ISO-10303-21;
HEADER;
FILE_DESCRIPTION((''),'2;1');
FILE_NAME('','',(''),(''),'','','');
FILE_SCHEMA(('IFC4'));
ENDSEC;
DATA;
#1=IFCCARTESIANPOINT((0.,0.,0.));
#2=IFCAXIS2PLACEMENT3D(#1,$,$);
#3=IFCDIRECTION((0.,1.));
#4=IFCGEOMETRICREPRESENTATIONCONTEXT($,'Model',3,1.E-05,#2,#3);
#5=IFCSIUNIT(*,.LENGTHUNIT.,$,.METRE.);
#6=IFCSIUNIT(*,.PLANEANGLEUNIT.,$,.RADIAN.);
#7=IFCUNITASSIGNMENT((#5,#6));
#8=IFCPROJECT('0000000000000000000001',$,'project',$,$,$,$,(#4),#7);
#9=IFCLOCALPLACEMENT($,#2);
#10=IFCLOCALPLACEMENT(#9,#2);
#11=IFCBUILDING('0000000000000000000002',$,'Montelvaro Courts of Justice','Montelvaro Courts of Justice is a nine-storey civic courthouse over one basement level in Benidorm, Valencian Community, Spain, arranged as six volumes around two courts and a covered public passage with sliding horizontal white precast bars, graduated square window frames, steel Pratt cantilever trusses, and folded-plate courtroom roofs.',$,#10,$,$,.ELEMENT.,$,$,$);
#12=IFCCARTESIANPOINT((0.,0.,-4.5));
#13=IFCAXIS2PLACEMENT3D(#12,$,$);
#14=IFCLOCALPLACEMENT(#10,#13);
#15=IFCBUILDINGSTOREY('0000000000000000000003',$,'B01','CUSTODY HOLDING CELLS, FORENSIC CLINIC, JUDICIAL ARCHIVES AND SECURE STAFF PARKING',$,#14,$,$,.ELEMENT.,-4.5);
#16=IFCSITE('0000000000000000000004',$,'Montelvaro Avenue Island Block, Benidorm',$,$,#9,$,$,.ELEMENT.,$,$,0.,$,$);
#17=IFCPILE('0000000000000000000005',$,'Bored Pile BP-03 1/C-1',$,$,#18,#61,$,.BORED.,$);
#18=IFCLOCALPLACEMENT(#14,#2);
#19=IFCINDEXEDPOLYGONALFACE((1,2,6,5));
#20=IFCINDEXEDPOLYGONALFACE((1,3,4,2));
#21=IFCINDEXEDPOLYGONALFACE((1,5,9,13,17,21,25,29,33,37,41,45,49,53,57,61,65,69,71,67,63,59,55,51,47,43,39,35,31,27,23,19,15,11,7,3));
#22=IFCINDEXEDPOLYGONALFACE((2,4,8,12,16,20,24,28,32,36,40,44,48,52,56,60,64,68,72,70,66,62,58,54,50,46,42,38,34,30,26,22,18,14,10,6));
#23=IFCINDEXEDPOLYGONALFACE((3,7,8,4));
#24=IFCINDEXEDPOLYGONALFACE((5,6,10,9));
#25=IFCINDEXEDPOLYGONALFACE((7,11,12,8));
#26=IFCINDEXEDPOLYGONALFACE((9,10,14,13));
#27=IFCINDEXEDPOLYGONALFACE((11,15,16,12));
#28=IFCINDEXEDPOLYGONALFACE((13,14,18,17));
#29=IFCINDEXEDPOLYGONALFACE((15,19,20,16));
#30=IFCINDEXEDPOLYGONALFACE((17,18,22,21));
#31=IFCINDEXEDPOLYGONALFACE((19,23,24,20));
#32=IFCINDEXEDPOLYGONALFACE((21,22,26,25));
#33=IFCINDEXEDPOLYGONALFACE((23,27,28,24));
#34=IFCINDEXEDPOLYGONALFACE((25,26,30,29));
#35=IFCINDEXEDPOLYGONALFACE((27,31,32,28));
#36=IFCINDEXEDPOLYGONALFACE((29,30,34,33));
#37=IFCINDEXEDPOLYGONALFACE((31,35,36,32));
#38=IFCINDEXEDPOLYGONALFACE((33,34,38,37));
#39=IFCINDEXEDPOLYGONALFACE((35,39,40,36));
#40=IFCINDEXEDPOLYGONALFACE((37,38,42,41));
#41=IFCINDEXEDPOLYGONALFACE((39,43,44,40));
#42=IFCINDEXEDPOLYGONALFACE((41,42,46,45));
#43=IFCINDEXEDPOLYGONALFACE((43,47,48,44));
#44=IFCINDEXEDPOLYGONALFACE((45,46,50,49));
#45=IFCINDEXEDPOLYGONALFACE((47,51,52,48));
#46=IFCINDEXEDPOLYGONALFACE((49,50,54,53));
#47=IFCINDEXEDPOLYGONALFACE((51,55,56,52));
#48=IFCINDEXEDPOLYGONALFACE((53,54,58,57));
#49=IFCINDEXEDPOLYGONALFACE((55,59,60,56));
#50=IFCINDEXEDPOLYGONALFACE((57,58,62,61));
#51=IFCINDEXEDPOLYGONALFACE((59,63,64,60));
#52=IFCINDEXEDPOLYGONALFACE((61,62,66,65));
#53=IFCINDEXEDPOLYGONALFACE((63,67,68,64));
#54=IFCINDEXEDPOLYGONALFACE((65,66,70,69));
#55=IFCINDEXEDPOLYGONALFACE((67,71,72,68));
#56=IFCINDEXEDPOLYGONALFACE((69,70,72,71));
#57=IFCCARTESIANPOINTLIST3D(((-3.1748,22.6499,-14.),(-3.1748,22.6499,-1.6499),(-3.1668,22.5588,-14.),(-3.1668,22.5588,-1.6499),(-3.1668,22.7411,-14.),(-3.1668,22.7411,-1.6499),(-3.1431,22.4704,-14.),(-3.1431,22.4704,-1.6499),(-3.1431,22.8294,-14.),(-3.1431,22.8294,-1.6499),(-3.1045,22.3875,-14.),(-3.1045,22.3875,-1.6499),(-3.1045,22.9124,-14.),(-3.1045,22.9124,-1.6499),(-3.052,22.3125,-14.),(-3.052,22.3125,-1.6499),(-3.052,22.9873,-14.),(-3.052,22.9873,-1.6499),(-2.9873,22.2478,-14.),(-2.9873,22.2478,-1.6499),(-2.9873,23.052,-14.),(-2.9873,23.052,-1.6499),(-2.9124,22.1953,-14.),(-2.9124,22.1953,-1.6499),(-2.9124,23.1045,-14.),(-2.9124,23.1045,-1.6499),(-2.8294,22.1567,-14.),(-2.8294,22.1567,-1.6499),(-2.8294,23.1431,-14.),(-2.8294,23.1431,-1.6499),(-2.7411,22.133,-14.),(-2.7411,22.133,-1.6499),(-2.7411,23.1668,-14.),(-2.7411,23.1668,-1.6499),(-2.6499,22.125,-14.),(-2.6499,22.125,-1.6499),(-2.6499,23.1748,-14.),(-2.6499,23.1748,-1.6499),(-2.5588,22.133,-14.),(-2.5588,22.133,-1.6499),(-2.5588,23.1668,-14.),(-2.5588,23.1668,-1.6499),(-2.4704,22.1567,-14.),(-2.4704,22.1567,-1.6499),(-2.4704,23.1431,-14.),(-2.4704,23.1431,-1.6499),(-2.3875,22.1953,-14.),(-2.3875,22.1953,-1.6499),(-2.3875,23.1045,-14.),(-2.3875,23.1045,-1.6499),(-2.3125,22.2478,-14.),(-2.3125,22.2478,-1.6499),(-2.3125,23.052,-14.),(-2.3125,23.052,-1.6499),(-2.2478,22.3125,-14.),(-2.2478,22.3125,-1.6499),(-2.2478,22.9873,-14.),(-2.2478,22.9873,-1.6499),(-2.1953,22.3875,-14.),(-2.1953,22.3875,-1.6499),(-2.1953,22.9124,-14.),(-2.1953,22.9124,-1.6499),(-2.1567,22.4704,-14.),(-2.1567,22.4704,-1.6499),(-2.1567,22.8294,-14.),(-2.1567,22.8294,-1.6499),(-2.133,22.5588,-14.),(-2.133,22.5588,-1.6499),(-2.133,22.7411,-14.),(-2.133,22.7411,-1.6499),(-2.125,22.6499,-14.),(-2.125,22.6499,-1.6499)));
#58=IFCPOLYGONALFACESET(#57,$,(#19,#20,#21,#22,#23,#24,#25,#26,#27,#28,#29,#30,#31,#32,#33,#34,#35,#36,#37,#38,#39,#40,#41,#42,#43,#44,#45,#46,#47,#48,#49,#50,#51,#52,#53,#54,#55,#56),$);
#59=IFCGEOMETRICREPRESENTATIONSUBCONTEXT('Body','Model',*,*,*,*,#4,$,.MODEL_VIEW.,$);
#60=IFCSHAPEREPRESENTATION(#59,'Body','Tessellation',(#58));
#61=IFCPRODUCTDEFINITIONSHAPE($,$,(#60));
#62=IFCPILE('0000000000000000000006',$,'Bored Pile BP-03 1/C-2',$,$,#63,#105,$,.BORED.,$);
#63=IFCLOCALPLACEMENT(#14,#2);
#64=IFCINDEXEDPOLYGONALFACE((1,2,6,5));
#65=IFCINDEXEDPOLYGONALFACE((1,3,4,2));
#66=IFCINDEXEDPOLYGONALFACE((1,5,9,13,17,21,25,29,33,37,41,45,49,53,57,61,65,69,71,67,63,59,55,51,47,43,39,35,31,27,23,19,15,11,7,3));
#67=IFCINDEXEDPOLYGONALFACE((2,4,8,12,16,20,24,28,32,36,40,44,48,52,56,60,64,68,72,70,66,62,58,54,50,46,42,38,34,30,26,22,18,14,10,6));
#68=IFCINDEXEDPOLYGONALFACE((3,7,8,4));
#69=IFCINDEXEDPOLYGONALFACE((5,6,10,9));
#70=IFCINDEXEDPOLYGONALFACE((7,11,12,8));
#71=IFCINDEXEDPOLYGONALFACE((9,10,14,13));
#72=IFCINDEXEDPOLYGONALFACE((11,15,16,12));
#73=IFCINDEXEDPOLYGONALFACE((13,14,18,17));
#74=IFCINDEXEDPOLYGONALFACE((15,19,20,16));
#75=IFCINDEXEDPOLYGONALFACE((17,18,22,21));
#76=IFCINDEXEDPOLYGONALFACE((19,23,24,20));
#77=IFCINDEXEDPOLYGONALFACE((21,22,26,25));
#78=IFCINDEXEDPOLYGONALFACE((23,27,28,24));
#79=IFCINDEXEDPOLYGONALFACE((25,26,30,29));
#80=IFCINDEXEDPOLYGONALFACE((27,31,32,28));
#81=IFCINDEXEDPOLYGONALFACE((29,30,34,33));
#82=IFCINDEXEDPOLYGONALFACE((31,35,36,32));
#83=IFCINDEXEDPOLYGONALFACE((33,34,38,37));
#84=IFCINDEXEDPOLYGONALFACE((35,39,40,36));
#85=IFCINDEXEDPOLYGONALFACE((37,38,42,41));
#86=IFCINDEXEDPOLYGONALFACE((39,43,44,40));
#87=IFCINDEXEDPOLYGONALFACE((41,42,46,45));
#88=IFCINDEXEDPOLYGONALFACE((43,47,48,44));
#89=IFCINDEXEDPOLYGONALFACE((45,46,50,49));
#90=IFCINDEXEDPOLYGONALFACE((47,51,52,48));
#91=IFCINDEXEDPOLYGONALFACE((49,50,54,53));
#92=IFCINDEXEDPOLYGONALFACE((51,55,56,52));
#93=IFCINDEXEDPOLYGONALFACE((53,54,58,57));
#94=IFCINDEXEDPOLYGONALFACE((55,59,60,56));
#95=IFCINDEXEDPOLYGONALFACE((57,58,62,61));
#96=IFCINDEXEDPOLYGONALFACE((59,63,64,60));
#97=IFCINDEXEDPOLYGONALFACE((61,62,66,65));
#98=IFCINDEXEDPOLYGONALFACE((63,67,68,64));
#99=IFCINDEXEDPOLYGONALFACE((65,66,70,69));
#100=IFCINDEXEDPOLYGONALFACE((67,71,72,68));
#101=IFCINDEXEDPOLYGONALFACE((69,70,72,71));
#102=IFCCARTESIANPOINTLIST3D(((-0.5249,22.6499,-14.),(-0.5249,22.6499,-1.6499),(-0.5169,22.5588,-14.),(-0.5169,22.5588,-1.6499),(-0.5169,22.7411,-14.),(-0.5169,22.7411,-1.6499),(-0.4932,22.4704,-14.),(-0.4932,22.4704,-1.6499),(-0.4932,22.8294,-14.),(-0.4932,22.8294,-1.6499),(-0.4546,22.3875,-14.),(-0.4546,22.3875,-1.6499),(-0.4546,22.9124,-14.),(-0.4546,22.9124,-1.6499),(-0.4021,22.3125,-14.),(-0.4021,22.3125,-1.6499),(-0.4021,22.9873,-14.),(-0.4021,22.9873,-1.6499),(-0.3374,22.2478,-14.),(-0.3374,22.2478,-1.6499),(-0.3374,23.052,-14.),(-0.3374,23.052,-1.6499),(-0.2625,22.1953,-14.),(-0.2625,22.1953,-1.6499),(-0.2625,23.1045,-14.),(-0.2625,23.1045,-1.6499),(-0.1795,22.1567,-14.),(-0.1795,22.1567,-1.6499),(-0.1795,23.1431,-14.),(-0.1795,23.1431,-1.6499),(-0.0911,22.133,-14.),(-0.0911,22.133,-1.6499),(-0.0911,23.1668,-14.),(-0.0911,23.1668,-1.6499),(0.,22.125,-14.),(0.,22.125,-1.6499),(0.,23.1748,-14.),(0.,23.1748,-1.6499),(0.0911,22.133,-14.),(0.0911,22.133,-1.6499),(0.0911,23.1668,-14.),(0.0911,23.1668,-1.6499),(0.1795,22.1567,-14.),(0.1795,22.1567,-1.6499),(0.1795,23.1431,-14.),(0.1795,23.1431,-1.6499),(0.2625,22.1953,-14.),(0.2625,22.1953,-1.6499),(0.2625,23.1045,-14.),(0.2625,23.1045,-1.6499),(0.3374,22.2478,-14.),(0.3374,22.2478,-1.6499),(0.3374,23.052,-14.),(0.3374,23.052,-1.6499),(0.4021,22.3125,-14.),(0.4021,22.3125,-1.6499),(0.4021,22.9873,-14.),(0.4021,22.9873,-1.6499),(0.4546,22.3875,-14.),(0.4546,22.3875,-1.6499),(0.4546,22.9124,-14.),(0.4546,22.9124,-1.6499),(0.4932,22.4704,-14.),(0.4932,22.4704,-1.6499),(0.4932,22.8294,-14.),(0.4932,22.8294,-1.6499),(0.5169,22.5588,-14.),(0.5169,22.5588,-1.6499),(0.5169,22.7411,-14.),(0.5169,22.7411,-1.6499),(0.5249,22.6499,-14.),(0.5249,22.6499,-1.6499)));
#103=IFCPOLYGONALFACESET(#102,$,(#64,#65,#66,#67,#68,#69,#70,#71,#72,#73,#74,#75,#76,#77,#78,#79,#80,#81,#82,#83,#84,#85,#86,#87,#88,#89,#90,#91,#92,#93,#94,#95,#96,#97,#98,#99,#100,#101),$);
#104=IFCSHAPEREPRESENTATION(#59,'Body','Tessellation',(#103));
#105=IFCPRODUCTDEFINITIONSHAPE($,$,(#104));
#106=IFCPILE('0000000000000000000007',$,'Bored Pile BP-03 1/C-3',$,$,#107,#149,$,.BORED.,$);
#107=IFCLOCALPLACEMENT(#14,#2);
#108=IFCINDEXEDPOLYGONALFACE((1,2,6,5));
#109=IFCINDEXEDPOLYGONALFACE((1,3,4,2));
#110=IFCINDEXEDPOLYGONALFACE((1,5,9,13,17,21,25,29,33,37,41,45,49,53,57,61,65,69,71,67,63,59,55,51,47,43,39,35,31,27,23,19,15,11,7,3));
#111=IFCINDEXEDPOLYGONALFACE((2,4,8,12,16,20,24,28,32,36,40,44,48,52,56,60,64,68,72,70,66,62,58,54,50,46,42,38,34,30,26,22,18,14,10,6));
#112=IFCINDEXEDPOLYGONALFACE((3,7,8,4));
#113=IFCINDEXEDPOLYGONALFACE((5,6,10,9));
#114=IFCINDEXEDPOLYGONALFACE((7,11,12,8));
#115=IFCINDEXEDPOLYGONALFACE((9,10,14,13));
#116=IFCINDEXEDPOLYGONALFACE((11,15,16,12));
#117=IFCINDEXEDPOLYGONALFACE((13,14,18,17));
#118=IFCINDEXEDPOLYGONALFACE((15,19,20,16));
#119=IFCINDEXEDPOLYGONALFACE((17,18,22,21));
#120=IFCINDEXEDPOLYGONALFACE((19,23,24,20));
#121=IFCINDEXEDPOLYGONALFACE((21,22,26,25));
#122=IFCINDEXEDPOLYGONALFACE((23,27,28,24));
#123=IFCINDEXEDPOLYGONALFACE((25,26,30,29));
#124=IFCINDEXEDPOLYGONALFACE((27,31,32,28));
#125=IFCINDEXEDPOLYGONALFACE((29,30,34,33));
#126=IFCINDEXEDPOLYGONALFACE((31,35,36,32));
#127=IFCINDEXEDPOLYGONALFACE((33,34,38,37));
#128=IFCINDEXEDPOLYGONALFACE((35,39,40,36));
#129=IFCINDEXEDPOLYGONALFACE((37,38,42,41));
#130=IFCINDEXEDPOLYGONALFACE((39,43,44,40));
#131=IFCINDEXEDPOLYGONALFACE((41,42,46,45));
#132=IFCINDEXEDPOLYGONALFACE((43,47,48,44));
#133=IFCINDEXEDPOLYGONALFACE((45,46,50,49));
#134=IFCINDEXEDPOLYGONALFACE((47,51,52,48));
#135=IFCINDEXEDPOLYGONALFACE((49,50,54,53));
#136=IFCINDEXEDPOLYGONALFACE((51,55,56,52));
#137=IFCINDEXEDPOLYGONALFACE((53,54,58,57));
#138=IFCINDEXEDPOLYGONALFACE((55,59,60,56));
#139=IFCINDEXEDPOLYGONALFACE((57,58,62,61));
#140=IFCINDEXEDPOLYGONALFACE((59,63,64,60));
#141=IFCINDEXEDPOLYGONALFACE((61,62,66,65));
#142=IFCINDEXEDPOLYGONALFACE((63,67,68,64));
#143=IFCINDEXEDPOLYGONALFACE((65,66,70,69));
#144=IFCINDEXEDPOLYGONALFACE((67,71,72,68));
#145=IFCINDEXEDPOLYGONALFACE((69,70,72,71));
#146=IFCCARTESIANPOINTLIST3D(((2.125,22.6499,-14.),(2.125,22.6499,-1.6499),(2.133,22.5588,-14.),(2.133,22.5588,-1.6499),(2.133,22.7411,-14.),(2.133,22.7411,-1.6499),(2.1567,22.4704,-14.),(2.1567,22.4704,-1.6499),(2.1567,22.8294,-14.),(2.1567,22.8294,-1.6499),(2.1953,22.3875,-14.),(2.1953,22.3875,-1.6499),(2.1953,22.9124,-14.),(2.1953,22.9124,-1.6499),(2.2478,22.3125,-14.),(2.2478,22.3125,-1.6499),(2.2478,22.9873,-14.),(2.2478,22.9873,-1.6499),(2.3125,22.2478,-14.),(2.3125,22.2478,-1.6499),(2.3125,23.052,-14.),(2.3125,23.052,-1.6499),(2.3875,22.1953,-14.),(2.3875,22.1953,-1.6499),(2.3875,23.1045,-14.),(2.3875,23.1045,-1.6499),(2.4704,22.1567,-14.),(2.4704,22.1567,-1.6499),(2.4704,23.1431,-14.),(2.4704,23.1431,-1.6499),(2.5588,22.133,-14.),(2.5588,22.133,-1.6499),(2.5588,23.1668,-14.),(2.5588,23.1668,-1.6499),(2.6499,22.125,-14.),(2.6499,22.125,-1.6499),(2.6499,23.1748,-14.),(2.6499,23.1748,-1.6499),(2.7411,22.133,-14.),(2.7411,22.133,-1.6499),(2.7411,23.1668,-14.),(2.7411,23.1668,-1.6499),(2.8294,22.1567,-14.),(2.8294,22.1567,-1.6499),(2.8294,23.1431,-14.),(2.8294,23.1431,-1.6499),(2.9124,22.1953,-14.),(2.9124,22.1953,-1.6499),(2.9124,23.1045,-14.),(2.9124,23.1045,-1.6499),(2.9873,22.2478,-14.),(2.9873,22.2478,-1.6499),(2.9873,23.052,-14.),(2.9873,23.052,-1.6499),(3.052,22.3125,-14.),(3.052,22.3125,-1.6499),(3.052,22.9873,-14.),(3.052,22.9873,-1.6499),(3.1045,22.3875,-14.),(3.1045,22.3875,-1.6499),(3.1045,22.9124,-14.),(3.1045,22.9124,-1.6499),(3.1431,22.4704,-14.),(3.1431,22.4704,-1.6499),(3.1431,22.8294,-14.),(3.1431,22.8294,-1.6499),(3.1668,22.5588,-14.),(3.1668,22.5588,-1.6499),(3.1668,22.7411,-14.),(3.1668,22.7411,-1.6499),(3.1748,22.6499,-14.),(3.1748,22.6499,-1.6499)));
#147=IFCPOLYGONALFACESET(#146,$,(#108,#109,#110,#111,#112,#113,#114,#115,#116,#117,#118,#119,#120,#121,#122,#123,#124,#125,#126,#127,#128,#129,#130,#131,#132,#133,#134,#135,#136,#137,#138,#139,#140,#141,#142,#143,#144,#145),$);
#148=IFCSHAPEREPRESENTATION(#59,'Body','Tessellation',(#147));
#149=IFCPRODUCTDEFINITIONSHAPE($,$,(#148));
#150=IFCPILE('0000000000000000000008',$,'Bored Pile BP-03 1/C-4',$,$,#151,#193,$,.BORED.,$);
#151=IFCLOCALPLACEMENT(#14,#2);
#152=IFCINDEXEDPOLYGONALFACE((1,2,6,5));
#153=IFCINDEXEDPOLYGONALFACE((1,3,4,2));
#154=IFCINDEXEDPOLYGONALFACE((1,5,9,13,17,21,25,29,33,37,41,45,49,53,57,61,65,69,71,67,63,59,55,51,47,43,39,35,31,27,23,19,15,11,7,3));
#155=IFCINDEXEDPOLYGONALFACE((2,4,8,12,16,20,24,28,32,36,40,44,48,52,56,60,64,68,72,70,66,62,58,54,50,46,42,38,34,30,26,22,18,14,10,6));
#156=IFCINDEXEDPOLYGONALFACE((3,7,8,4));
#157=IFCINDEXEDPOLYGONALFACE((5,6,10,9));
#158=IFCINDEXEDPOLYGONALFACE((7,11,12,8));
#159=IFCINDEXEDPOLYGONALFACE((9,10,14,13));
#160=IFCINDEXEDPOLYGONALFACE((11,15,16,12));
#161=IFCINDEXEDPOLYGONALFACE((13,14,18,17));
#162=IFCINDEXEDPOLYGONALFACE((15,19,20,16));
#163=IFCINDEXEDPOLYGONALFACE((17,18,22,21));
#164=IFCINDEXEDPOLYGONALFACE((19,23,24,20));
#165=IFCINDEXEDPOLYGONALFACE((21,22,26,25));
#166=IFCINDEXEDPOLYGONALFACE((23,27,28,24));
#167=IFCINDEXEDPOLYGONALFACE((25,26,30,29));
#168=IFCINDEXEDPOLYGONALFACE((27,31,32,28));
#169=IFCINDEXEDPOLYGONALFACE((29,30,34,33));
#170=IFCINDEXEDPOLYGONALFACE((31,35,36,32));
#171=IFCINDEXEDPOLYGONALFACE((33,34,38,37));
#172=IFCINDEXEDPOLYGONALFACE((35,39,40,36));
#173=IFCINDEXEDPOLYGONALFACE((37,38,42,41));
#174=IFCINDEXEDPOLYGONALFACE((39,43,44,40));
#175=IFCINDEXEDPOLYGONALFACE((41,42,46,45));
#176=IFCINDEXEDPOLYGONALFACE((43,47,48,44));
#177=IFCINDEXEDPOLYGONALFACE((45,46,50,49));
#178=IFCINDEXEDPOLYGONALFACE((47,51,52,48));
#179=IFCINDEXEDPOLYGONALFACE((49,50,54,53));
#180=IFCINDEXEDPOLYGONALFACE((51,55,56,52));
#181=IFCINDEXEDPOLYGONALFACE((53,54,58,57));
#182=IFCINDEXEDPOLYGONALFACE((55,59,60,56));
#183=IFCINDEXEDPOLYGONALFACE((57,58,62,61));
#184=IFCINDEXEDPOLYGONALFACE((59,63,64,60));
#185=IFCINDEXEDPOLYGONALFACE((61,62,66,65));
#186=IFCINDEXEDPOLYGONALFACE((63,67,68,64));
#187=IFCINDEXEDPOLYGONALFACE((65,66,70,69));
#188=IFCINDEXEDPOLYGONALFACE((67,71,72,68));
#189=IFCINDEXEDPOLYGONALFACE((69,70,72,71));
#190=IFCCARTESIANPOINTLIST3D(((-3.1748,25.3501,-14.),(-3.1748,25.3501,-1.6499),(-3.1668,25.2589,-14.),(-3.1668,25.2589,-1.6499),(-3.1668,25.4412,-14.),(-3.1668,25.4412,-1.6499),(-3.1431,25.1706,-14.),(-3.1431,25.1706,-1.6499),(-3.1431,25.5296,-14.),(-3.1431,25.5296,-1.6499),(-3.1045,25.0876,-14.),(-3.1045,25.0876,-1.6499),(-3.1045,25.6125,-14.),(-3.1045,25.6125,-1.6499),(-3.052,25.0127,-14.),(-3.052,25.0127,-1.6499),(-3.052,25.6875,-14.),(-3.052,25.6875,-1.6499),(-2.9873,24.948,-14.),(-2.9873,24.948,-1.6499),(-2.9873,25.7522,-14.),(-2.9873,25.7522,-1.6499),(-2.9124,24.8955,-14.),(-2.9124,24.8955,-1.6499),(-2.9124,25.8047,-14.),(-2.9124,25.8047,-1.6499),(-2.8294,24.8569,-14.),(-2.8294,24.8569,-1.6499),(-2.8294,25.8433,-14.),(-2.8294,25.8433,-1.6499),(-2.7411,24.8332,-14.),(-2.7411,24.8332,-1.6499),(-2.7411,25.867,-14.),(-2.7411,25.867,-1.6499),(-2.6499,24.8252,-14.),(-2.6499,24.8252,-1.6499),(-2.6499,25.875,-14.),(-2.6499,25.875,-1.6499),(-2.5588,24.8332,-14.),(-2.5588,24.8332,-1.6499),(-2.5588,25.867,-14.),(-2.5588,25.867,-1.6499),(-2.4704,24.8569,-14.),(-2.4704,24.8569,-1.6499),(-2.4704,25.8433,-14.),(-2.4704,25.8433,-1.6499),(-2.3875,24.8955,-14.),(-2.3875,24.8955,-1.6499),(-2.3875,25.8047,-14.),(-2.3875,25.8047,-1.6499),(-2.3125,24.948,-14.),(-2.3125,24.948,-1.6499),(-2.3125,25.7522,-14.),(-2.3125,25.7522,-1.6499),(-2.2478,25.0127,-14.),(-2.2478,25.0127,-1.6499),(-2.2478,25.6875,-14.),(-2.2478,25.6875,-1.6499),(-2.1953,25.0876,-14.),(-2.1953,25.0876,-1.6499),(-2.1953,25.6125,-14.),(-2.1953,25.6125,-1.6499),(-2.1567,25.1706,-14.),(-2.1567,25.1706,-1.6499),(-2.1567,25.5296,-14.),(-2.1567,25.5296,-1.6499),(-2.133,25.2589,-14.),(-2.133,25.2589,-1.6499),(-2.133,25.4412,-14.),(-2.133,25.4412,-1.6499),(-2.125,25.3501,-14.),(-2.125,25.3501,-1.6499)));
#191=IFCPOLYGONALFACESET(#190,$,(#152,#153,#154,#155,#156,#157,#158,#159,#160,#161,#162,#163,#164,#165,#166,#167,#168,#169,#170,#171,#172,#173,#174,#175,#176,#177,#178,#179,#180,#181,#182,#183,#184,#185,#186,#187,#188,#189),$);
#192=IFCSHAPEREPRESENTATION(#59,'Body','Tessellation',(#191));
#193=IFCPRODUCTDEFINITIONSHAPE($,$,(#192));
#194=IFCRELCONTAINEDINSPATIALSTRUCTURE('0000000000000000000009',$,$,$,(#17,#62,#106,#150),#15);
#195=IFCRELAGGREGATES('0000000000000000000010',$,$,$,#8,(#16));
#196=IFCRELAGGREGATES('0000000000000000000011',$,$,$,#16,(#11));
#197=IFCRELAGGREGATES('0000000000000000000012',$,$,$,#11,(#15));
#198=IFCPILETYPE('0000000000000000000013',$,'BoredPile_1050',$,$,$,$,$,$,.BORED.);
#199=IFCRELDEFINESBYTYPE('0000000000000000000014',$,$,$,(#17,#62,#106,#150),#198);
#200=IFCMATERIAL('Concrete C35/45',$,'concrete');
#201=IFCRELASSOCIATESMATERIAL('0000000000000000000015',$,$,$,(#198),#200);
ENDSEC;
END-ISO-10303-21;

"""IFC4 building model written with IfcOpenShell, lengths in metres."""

from ifc_helpers import new_model, si_unit, direction, frame, origin, origin_2d, place, context, subcontext, project, spatial, circle, extrude, material, material_profile, profile_set, type_object, element, save


model = new_model("IFC4")

# Units and contexts
model_context = context("Model", 3, precision=1e-05, world=origin(), true_north=direction((0.0, 1.0)))
body_context = subcontext(model_context, "Body", "Model", "MODEL_VIEW")
ifc_project = project(units=[si_unit("LENGTHUNIT", "METRE"), si_unit("PLANEANGLEUNIT", "RADIAN")], contexts=[model_context])

# Site, building, storey
site_placement = place(None, origin())
site = spatial("IfcSite", under=ifc_project, at=site_placement, Name="Montelvaro Avenue Island Block, Benidorm", CompositionType="ELEMENT", RefElevation=0.0)
building_placement = place(site_placement, origin())
building = spatial("IfcBuilding", under=site, at=building_placement, Name="Montelvaro Courts of Justice", Description="Montelvaro Courts of Justice is a nine-storey civic courthouse over one basement level in Benidorm, Valencian Community, Spain, arranged as six volumes around two courts and a covered public passage with sliding horizontal white precast bars, graduated square window frames, steel Pratt cantilever trusses, and folded-plate courtroom roofs.", CompositionType="ELEMENT")
storey_placement = place(building_placement, frame((0.0, 0.0, -4.5)))
storey = spatial("IfcBuildingStorey", under=building, at=storey_placement, Name="B01", Description="CUSTODY HOLDING CELLS, FORENSIC CLINIC, JUDICIAL ARCHIVES AND SECURE STAFF PARKING", CompositionType="ELEMENT", Elevation=-4.5)

# Piles
ifc_material_1 = material(Name="Concrete C35/45", Category="concrete")
ifc_material_profile_1 = material_profile(ifc_material_1, circle(Radius=0.5249, at=origin_2d()), Name="BORED PILE D1050")
ifc_profile_set_1 = profile_set([ifc_material_profile_1], Name="Concrete C35/45")
pile_type_1 = type_object("IfcPileType", Name="BoredPile_1050", PredefinedType="BORED", material=ifc_profile_set_1)
for number, where, z_axis, x_axis, name in (
    (1, (-2.6499, 22.6499, -1.6499), (0.0, 0.0, -1.0), (1.0, 0.0, 0.0), "Bored Pile BP-03 1/C-1"),
    (2, (0.0, 22.6499, -1.6499), (0.0, 0.0, -1.0), (1.0, 0.0, 0.0), "Bored Pile BP-03 1/C-2"),
    (3, (2.6499, 22.6499, -1.6499), (0.0, 0.0, -1.0), (1.0, 0.0, 0.0), "Bored Pile BP-03 1/C-3"),
    (4, (-2.6499, 25.3501, -1.6499), (0.0, 0.0, -1.0), (1.0, 0.0, 0.0), "Bored Pile BP-03 1/C-4"),
):
    element("IfcPile", number, at=place(storey_placement, frame(where, z_axis=z_axis, x_axis=x_axis)), inside=storey, type_object=pile_type_1, Name=name, PredefinedType="BORED", context=body_context, shape_type="SweptSolid", body=[
        extrude(circle(Radius=0.5249, at=origin_2d()), origin(), (0.0, 0.0, 1.0), 12.3501),
    ])

save(model, "model.ifc")
